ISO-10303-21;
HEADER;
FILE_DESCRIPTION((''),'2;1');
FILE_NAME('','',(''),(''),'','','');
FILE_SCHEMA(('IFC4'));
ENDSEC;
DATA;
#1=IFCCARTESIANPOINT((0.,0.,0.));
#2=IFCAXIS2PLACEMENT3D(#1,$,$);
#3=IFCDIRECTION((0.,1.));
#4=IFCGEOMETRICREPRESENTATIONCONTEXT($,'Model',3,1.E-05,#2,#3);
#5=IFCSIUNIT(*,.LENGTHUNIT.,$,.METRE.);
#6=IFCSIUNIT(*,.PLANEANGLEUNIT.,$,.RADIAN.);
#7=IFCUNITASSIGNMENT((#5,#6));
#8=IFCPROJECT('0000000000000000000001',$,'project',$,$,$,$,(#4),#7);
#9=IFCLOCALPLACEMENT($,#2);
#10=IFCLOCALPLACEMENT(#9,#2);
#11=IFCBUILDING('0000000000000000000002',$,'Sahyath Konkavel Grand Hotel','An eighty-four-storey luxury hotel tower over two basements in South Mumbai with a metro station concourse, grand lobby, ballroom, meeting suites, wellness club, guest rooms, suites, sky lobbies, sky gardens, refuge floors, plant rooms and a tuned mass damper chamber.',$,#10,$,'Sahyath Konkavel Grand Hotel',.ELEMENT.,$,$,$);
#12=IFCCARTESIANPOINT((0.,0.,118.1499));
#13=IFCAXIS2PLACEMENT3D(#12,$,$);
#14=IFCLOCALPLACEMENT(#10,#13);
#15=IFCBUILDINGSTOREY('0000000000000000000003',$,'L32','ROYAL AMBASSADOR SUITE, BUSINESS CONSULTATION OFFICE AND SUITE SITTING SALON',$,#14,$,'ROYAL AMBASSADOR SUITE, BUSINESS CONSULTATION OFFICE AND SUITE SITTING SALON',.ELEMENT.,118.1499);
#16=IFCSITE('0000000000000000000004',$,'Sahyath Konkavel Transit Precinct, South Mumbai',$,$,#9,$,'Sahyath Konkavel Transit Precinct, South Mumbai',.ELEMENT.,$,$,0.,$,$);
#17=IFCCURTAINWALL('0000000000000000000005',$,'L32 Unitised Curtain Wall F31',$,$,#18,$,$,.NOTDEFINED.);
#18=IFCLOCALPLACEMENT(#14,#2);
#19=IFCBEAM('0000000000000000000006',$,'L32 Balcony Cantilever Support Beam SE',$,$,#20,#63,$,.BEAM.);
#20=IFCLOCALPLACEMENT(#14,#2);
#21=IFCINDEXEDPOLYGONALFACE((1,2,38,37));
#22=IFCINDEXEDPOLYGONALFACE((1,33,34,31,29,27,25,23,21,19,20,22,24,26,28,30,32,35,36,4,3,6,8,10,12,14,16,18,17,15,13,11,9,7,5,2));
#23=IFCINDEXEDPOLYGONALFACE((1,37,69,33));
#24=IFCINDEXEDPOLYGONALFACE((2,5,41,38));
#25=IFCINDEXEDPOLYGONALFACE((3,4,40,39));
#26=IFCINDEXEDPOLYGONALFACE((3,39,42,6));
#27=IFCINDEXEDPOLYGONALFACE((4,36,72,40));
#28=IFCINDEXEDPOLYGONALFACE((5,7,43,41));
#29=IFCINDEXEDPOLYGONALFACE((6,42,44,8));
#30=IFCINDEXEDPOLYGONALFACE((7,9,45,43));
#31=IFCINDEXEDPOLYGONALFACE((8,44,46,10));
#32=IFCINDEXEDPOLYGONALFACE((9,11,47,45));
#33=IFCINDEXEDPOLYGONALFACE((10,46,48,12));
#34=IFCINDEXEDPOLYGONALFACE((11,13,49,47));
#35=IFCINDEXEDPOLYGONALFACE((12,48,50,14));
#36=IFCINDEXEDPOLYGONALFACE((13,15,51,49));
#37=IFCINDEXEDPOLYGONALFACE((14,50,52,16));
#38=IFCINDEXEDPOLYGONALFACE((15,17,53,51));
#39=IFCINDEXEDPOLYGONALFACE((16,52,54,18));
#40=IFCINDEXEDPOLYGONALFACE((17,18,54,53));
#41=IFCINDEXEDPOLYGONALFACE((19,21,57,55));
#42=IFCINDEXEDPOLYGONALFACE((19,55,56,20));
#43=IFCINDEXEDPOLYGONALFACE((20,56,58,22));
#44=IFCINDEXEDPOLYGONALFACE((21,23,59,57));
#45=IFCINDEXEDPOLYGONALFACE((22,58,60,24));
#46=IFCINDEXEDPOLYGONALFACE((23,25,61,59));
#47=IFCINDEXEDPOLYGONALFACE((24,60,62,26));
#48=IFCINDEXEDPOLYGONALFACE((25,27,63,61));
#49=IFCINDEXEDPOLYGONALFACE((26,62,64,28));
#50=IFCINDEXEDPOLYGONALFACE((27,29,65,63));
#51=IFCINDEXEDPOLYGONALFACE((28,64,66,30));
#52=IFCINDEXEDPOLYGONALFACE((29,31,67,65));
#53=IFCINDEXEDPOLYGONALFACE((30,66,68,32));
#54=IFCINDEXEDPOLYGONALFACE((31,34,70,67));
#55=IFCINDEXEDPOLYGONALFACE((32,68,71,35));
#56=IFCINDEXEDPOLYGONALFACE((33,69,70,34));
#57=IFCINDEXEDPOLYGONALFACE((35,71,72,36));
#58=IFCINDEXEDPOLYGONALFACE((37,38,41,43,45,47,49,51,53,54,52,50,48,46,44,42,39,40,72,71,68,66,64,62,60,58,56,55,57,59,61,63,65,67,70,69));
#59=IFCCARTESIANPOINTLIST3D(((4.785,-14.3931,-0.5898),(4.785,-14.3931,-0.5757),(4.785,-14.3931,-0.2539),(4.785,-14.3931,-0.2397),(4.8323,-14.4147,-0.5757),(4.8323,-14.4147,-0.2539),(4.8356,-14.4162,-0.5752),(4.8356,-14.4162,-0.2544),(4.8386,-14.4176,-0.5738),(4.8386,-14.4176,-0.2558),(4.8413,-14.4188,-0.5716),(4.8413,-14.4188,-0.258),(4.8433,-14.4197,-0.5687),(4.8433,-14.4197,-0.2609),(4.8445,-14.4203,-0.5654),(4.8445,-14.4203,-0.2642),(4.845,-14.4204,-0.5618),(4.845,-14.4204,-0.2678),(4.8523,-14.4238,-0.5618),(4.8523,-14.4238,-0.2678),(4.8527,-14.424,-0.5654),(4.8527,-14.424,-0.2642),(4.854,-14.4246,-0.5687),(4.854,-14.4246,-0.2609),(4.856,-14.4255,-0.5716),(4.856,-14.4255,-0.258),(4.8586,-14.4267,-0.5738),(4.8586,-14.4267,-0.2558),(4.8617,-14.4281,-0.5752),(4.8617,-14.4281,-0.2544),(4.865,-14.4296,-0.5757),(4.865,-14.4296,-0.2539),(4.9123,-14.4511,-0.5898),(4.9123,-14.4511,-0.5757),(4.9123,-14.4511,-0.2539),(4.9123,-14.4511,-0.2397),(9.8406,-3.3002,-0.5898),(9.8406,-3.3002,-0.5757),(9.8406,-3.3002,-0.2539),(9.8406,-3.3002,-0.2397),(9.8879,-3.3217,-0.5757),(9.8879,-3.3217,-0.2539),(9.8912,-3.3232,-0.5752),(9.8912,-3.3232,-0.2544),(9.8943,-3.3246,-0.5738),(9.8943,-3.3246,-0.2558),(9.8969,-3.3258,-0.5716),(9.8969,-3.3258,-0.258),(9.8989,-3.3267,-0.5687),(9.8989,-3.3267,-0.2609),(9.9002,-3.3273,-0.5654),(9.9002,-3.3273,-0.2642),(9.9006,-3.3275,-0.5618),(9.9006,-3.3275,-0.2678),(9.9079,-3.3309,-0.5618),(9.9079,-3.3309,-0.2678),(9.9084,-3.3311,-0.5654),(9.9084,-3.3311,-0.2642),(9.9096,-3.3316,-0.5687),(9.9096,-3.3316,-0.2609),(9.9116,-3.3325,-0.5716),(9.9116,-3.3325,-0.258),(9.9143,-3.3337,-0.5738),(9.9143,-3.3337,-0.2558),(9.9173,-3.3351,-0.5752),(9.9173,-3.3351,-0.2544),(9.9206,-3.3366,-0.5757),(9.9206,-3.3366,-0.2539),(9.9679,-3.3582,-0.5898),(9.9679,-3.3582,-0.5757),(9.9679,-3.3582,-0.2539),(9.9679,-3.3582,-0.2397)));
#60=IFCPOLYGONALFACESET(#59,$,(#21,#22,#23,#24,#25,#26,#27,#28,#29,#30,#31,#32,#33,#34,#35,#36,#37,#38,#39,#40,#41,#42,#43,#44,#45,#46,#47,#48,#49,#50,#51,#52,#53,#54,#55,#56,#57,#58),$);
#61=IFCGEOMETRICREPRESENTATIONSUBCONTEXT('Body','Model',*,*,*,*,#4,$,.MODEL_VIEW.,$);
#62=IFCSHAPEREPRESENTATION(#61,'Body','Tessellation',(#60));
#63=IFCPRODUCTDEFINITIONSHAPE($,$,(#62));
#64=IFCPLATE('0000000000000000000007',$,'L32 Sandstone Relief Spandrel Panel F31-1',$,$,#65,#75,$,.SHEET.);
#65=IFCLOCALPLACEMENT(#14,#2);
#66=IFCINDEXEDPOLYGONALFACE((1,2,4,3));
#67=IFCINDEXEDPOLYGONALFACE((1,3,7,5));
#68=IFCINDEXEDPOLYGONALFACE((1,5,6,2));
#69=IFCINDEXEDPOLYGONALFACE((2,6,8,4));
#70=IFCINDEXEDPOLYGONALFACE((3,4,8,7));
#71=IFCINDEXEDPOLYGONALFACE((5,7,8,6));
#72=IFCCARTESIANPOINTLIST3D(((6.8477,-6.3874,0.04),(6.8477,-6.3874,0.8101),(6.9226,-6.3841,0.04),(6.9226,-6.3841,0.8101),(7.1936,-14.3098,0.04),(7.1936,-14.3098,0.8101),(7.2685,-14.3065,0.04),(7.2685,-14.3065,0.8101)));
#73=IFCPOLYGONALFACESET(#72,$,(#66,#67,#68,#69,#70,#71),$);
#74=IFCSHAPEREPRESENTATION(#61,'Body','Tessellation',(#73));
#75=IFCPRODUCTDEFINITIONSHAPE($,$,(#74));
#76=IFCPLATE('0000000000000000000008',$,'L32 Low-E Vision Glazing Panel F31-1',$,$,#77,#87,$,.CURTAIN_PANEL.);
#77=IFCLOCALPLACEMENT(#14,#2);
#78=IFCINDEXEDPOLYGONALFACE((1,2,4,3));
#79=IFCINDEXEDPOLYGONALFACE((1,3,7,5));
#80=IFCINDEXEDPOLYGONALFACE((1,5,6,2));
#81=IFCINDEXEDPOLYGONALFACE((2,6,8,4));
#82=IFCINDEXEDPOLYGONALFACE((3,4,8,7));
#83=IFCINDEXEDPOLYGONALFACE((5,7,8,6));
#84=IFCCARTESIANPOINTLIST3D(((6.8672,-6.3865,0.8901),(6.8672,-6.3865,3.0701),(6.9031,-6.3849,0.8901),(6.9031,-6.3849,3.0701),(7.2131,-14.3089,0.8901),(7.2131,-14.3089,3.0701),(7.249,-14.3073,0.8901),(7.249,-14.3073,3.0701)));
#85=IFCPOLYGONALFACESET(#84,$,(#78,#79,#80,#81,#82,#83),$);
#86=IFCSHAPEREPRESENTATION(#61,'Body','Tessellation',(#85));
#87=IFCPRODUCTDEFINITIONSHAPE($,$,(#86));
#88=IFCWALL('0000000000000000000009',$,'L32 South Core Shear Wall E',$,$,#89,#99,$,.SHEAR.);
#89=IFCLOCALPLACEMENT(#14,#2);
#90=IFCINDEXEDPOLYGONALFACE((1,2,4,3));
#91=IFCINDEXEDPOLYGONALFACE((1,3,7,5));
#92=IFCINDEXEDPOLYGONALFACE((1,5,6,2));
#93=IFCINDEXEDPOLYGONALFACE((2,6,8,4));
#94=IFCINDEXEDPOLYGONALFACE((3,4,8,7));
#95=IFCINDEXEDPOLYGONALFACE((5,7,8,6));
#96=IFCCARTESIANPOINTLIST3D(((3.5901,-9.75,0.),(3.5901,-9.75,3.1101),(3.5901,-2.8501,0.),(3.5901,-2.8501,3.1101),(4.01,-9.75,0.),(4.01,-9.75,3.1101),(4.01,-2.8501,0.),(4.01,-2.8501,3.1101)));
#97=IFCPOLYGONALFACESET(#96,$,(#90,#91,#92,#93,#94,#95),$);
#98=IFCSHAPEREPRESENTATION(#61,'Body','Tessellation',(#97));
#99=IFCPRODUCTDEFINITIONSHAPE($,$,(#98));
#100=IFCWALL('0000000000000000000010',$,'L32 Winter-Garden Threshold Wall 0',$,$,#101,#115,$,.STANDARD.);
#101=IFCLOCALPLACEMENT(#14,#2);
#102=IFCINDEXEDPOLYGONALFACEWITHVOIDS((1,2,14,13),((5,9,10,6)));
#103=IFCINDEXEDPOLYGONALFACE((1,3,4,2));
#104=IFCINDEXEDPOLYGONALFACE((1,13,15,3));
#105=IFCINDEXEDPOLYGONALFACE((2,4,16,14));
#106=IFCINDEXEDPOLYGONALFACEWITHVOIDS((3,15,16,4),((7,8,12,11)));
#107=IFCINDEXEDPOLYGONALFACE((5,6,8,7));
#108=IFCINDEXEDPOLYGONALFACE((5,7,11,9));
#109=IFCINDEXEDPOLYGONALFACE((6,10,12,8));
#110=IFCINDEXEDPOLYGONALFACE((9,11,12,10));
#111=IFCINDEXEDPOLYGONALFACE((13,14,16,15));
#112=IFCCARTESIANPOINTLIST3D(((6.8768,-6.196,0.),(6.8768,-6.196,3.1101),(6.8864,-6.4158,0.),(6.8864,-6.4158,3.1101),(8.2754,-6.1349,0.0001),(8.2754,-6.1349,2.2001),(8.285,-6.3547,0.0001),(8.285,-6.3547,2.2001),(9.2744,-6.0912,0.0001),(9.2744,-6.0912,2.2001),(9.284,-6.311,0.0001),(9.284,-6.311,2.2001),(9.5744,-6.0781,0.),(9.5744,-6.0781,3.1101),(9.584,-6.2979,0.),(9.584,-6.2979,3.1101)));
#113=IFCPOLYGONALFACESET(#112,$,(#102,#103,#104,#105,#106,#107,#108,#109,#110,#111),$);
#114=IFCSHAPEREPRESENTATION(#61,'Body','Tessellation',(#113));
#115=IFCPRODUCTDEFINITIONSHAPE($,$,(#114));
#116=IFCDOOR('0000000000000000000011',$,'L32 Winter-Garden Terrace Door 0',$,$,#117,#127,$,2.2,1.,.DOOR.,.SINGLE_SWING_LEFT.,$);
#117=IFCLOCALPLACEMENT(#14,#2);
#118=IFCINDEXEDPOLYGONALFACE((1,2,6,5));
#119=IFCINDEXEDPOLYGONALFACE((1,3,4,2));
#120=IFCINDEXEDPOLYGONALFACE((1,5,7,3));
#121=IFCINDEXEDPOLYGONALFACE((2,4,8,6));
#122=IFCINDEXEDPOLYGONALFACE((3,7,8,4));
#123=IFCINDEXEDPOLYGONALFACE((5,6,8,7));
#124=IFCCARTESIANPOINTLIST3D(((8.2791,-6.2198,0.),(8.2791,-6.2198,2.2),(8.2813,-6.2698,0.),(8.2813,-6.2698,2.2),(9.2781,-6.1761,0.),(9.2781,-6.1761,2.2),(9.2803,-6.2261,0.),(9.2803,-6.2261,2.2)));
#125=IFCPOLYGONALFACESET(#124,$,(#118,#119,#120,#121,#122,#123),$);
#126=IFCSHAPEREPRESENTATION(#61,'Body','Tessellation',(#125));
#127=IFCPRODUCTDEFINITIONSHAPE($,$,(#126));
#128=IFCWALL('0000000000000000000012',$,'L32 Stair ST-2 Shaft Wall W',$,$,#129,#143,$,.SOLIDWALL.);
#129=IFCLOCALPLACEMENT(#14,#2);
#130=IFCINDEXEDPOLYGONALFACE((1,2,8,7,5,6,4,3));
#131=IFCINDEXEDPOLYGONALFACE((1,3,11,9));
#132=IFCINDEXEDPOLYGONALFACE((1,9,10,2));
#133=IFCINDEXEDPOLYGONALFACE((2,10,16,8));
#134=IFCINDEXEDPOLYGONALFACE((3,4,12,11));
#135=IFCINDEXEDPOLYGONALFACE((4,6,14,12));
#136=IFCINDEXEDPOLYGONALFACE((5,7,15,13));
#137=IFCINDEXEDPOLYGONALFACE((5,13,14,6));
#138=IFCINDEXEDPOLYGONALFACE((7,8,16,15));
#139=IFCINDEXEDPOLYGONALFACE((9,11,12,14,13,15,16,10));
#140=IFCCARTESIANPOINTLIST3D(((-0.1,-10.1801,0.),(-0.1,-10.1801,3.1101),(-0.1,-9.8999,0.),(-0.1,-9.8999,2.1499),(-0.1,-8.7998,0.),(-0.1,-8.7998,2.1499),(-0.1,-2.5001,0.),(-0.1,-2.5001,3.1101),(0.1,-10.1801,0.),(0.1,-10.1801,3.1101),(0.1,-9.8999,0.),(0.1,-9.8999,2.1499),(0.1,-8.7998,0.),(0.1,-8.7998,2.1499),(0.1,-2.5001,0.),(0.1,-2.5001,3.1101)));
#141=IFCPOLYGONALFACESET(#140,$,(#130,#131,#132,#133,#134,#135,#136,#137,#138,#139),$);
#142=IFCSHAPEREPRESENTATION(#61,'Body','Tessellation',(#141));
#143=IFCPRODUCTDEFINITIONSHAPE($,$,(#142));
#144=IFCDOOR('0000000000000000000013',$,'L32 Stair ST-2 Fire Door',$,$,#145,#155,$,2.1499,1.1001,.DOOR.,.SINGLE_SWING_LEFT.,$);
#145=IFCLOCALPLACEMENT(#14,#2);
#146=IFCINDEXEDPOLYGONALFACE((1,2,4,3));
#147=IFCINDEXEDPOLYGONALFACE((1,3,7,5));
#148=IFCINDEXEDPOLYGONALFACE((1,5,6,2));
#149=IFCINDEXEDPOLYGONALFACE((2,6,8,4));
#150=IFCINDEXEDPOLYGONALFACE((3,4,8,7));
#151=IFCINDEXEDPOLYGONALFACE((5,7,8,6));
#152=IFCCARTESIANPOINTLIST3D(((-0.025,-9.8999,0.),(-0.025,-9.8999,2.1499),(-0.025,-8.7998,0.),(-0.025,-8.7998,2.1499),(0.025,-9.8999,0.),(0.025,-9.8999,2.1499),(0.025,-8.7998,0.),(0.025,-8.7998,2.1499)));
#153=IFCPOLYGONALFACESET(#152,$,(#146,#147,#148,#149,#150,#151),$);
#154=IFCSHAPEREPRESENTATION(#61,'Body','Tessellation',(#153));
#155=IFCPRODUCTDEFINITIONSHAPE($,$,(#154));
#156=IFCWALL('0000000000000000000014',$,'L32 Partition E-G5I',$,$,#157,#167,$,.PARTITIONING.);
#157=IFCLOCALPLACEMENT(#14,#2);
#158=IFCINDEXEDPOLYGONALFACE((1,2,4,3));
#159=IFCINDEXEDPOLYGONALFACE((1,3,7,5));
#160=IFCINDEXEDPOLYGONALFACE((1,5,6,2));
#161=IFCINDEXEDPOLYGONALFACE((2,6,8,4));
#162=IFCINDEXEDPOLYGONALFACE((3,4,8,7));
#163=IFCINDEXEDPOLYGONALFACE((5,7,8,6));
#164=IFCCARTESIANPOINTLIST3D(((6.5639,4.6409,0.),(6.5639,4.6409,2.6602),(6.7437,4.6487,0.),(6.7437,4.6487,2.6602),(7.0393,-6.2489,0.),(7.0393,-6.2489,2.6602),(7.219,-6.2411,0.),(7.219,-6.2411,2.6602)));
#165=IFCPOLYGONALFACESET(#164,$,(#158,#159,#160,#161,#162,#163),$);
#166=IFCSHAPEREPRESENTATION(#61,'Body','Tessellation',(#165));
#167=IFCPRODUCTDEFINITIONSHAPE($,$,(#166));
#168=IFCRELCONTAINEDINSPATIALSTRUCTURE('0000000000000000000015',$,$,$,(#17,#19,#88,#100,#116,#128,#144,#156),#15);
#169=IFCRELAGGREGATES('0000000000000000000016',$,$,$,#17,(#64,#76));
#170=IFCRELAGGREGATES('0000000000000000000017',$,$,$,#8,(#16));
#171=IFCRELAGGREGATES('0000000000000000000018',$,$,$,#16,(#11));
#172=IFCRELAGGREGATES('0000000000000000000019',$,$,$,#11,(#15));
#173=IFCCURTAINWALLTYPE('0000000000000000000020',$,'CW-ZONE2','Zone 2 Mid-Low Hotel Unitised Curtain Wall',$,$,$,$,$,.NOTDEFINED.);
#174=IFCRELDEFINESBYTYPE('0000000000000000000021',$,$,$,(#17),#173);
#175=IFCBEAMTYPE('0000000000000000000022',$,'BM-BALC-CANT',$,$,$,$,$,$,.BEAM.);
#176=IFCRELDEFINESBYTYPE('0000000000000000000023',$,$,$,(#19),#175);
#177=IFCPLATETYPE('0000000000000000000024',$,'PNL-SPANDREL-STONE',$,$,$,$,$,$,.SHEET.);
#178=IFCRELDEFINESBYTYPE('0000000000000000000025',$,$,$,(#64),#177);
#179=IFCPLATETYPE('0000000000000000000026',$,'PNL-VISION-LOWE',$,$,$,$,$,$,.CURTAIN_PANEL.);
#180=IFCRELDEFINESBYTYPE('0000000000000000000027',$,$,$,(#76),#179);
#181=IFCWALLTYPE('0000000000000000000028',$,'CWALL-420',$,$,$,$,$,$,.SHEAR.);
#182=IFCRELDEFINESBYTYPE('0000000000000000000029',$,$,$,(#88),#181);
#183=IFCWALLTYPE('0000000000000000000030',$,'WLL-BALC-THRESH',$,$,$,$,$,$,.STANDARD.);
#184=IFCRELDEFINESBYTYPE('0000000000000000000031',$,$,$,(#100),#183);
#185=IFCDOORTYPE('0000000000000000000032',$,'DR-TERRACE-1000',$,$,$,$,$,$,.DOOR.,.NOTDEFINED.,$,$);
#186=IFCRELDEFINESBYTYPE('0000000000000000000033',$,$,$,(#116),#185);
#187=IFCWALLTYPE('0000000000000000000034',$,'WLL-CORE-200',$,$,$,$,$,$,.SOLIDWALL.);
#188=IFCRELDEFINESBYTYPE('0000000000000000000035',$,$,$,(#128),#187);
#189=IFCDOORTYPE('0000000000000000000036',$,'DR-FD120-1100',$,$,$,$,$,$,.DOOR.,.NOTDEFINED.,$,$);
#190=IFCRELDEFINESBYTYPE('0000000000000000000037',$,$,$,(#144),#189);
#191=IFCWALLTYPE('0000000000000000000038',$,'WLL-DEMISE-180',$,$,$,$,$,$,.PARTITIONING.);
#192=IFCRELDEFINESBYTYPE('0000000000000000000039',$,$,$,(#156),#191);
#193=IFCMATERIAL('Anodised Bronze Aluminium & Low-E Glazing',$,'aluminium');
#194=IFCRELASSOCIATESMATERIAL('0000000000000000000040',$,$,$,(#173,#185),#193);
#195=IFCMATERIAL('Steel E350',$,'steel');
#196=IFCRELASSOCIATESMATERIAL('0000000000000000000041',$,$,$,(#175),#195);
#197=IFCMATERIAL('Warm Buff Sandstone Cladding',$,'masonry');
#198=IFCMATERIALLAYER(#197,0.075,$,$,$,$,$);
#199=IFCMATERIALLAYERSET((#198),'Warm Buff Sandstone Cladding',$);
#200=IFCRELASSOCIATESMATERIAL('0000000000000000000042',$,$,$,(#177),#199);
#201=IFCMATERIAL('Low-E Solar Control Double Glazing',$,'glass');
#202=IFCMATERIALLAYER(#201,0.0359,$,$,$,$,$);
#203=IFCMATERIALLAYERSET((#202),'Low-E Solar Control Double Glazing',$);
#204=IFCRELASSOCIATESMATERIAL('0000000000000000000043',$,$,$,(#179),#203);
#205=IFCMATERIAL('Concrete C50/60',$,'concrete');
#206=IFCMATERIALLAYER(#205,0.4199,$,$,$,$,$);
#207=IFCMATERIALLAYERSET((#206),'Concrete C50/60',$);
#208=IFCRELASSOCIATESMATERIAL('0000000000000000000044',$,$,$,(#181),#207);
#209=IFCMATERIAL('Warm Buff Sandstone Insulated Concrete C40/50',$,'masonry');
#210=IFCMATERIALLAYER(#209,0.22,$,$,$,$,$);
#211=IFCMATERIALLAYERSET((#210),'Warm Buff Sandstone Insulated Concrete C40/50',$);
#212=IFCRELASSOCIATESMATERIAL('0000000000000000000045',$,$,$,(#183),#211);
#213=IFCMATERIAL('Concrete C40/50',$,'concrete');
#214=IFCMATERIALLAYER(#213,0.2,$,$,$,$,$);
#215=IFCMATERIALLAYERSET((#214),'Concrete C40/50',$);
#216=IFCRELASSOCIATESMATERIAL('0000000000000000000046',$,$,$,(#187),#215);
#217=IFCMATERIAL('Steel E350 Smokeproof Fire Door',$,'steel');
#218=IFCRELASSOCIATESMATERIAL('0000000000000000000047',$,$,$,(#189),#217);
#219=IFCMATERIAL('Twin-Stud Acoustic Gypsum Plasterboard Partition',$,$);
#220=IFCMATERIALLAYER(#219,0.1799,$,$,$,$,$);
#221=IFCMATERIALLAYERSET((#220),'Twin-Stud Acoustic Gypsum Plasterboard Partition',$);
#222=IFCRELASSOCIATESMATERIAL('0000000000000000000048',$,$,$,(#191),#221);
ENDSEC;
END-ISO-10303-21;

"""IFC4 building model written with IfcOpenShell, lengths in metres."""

from ifc_helpers import new_model, si_unit, direction, frame, frame_2d, origin, origin_2d, place, context, subcontext, project, spatial, rectangle, i_section, extrude, source, transform, mapped, material, layer, layer_set, material_profile, profile_set, type_object, element, fill, aggregate, save


model = new_model("IFC4")

# Units and contexts
model_context = context("Model", 3, precision=1e-05, world=origin(), true_north=direction((0.0, 1.0)))
body_context = subcontext(model_context, "Body", "Model", "MODEL_VIEW")
ifc_project = project(units=[si_unit("LENGTHUNIT", "METRE"), si_unit("PLANEANGLEUNIT", "RADIAN")], contexts=[model_context])

# Site, building, storey
site_placement = place(None, origin())
site = spatial("IfcSite", under=ifc_project, at=site_placement, Name="Sahyath Konkavel Transit Precinct, South Mumbai", LongName="Sahyath Konkavel Transit Precinct, South Mumbai", CompositionType="ELEMENT", RefElevation=0.0)
building_placement = place(site_placement, origin())
building = spatial("IfcBuilding", under=site, at=building_placement, Name="Sahyath Konkavel Grand Hotel", Description="An eighty-four-storey luxury hotel tower over two basements in South Mumbai with a metro station concourse, grand lobby, ballroom, meeting suites, wellness club, guest rooms, suites, sky lobbies, sky gardens, refuge floors, plant rooms and a tuned mass damper chamber.", LongName="Sahyath Konkavel Grand Hotel", CompositionType="ELEMENT")
storey_placement = place(building_placement, frame((0.0, 0.0, 118.1499)))
storey = spatial("IfcBuildingStorey", under=building, at=storey_placement, Name="L32", Description="ROYAL AMBASSADOR SUITE, BUSINESS CONSULTATION OFFICE AND SUITE SITTING SALON", LongName="ROYAL AMBASSADOR SUITE, BUSINESS CONSULTATION OFFICE AND SUITE SITTING SALON", CompositionType="ELEMENT", Elevation=118.1499)

# Shared definitions
ifc_material_1 = material(Name="Steel E350", Category="steel")

# Shared definitions
ifc_material_2 = material(Name="Anodised Bronze Aluminium & Low-E Glazing", Category="aluminium")
curtain_wall_type = type_object("IfcCurtainWallType", Name="CW-ZONE2", Description="Zone 2 Mid-Low Hotel Unitised Curtain Wall", PredefinedType="NOTDEFINED", material=ifc_material_2)

# Curtain wall
curtain_wall_1_placement = place(storey_placement, origin())
curtain_wall_1 = element("IfcCurtainWall", 1, at=curtain_wall_1_placement, inside=storey, type_object=curtain_wall_type, Name="L32 Unitised Curtain Wall F31", PredefinedType="NOTDEFINED")

# Beam
ifc_material_profile_1 = material_profile(ifc_material_1, i_section(OverallWidth=0.1399, OverallDepth=0.3501, WebThickness=0.0081, FlangeThickness=0.0142, FilletRadius=0.0139, at=origin_2d()), Name="ISMB 350")
ifc_profile_set_1 = profile_set([ifc_material_profile_1], Name="Steel E350")
beam_type_1 = type_object("IfcBeamType", Name="BM-BALC-CANT", PredefinedType="BEAM", material=ifc_profile_set_1)
shared_shape_1 = source(origin(), body_context, "Body", "SweptSolid", [
    extrude(i_section(OverallWidth=0.1399, OverallDepth=0.3501, WebThickness=0.0081, FlangeThickness=0.0142, FilletRadius=0.0139, at=origin_2d()), origin(), (0.0, 0.0, 1.0), 12.1907),
])
beam_1_placement = place(storey_placement, frame((4.8486, -14.4221, -0.4148), z_axis=(0.414713, 0.909952, 0.0), x_axis=(-0.909952, 0.414713, 0.0)))
element("IfcBeam", 2, at=beam_1_placement, inside=storey, type_object=beam_type_1, Name="L32 Balcony Cantilever Support Beam SE", PredefinedType="BEAM", context=body_context, shape_type="MappedRepresentation", body=[
    mapped(shared_shape_1, transform((0.0, 0.0, 0.0), scale=1.0)),
])

# Plates
ifc_material_3 = material(Name="Warm Buff Sandstone Cladding", Category="masonry")
ifc_layer_1 = layer(ifc_material_3, 0.075)
ifc_layer_set_1 = layer_set([ifc_layer_1], Name="Warm Buff Sandstone Cladding")
plate_type_1 = type_object("IfcPlateType", Name="PNL-SPANDREL-STONE", PredefinedType="SHEET", material=ifc_layer_set_1)
shared_shape_2 = source(origin(), body_context, "Body", "SweptSolid", [
    extrude(rectangle(XDim=7.9299, YDim=0.075, at=origin_2d()), origin(), (0.0, 0.0, 1.0), 0.77),
])
plate_1_placement = place(storey_placement, frame((7.0581, -10.3469, 0.04), z_axis=(0.0, 0.0, 1.0), x_axis=(-0.043619, 0.999048, 0.0)))
plate_1 = element("IfcPlate", 3, at=plate_1_placement, type_object=plate_type_1, Name="L32 Sandstone Relief Spandrel Panel F31-1", PredefinedType="SHEET", context=body_context, shape_type="MappedRepresentation", body=[
    mapped(shared_shape_2, transform((0.0, 0.0, 0.0), scale=1.0)),
])
ifc_material_4 = material(Name="Low-E Solar Control Double Glazing", Category="glass")
ifc_layer_2 = layer(ifc_material_4, 0.0359)
ifc_layer_set_2 = layer_set([ifc_layer_2], Name="Low-E Solar Control Double Glazing")
plate_type_2 = type_object("IfcPlateType", Name="PNL-VISION-LOWE", PredefinedType="CURTAIN_PANEL", material=ifc_layer_set_2)
shared_shape_3 = source(origin(), body_context, "Body", "SweptSolid", [
    extrude(rectangle(XDim=7.9299, YDim=0.0359, at=origin_2d()), origin(), (0.0, 0.0, 1.0), 2.1799),
])
plate_2_placement = place(storey_placement, frame((7.0581, -10.3469, 0.8901), z_axis=(0.0, 0.0, 1.0), x_axis=(-0.043619, 0.999048, 0.0)))
plate_2 = element("IfcPlate", 4, at=plate_2_placement, type_object=plate_type_2, Name="L32 Low-E Vision Glazing Panel F31-1", PredefinedType="CURTAIN_PANEL", context=body_context, shape_type="MappedRepresentation", body=[
    mapped(shared_shape_3, transform((0.0, 0.0, 0.0), scale=1.0)),
])
aggregate(curtain_wall_1, [plate_1, plate_2])

# Wall
ifc_material_5 = material(Name="Concrete C50/60", Category="concrete")
ifc_layer_3 = layer(ifc_material_5, 0.4199)
ifc_layer_set_3 = layer_set([ifc_layer_3], Name="Concrete C50/60")
wall_type_1 = type_object("IfcWallType", Name="CWALL-420", PredefinedType="SHEAR", material=ifc_layer_set_3)
wall_1_placement = place(storey_placement, frame((3.8, -9.75, 0.0), z_axis=(0.0, 0.0, 1.0), x_axis=(0.0, 1.0, 0.0)))
element("IfcWall", 5, at=wall_1_placement, inside=storey, type_object=wall_type_1, Name="L32 South Core Shear Wall E", PredefinedType="SHEAR", context=body_context, shape_type="SweptSolid", body=[
    extrude(rectangle(XDim=6.8999, YDim=0.4199, at=frame_2d((3.45, 0.0))), origin(), (0.0, 0.0, 1.0), 3.1101),
])

# Walls, openings, doors
ifc_material_6 = material(Name="Warm Buff Sandstone Insulated Concrete C40/50", Category="masonry")
ifc_layer_4 = layer(ifc_material_6, 0.22)
ifc_layer_set_4 = layer_set([ifc_layer_4], Name="Warm Buff Sandstone Insulated Concrete C40/50")
wall_type_2 = type_object("IfcWallType", Name="WLL-BALC-THRESH", PredefinedType="STANDARD", material=ifc_layer_set_4)
wall_2_placement = place(storey_placement, frame((6.8816, -6.3059, 0.0), z_axis=(0.0, 0.0, 1.0), x_axis=(0.999046, 0.043673, 0.0)))
wall_2 = element("IfcWall", 6, at=wall_2_placement, inside=storey, type_object=wall_type_2, Name="L32 Winter-Garden Threshold Wall 0", PredefinedType="STANDARD", context=body_context, shape_type="SweptSolid", body=[
    extrude(rectangle(XDim=2.7002, YDim=0.22, at=frame_2d((1.3501, 0.0))), origin(), (0.0, 0.0, 1.0), 3.1101),
])
opening_1_placement = place(wall_2_placement, frame((1.3999, 0.0, 0.0)))
opening_1 = element("IfcOpeningElement", 7, at=opening_1_placement, cuts=wall_2, PredefinedType="OPENING", context=body_context, shape_type="SweptSolid", body=[
    extrude(rectangle(XDim=1.0, YDim=2.2, at=frame_2d((0.5, 1.1001))), frame((0.0, 0.1201, 0.0), z_axis=(0.0, -1.0, 0.0), x_axis=(1.0, 0.0, 0.0)), (0.0, 0.0, 1.0), 0.24),
])
door_type_1 = type_object("IfcDoorType", Name="DR-TERRACE-1000", OperationType="NOTDEFINED", PredefinedType="DOOR", material=ifc_material_2)
shared_shape_4 = source(origin(), body_context, "Body", "SweptSolid", [
    extrude(rectangle(XDim=1.0, YDim=0.05, at=origin_2d()), origin(), (0.0, 0.0, 1.0), 2.2),
])
door_1_placement = place(opening_1_placement, frame((0.5, 0.0, 0.0)))
door_1 = element("IfcDoor", 8, at=door_1_placement, inside=storey, type_object=door_type_1, Name="L32 Winter-Garden Terrace Door 0", OperationType="SINGLE_SWING_LEFT", OverallHeight=2.2, OverallWidth=1.0, PredefinedType="DOOR", context=body_context, shape_type="MappedRepresentation", body=[
    mapped(shared_shape_4, transform((0.0, 0.0, 0.0), scale=1.0)),
])
fill(opening_1, door_1)
ifc_material_7 = material(Name="Concrete C40/50", Category="concrete")
ifc_layer_5 = layer(ifc_material_7, 0.2)
ifc_layer_set_5 = layer_set([ifc_layer_5], Name="Concrete C40/50")
wall_type_3 = type_object("IfcWallType", Name="WLL-CORE-200", PredefinedType="SOLIDWALL", material=ifc_layer_set_5)
wall_3_placement = place(storey_placement, frame((0.0, -10.1799, 0.0), z_axis=(0.0, 0.0, 1.0), x_axis=(0.0, 1.0, 0.0)))
wall_3 = element("IfcWall", 9, at=wall_3_placement, inside=storey, type_object=wall_type_3, Name="L32 Stair ST-2 Shaft Wall W", PredefinedType="SOLIDWALL", context=body_context, shape_type="SweptSolid", body=[
    extrude(rectangle(XDim=7.6799, YDim=0.2, at=frame_2d((3.8398, 0.0))), origin(), (0.0, 0.0, 1.0), 3.1101),
])
opening_2_placement = place(wall_3_placement, frame((0.28, 0.0, 0.0)))
opening_2 = element("IfcOpeningElement", 10, at=opening_2_placement, cuts=wall_3, PredefinedType="OPENING", context=body_context, shape_type="SweptSolid", body=[
    extrude(rectangle(XDim=1.1001, YDim=2.1499, at=frame_2d((0.55, 1.075))), frame((0.0, 0.1099, 0.0), z_axis=(0.0, -1.0, 0.0), x_axis=(1.0, 0.0, 0.0)), (0.0, 0.0, 1.0), 0.22),
])
ifc_material_8 = material(Name="Steel E350 Smokeproof Fire Door", Category="steel")
door_type_2 = type_object("IfcDoorType", Name="DR-FD120-1100", OperationType="NOTDEFINED", PredefinedType="DOOR", material=ifc_material_8)
shared_shape_5 = source(origin(), body_context, "Body", "SweptSolid", [
    extrude(rectangle(XDim=1.1001, YDim=0.05, at=origin_2d()), origin(), (0.0, 0.0, 1.0), 2.1499),
])
door_2_placement = place(opening_2_placement, frame((0.55, 0.0, 0.0)))
door_2 = element("IfcDoor", 11, at=door_2_placement, inside=storey, type_object=door_type_2, Name="L32 Stair ST-2 Fire Door", OperationType="SINGLE_SWING_LEFT", OverallHeight=2.1499, OverallWidth=1.1001, PredefinedType="DOOR", context=body_context, shape_type="MappedRepresentation", body=[
    mapped(shared_shape_5, transform((0.0, 0.0, 0.0), scale=1.0)),
])
fill(opening_2, door_2)

# Wall
ifc_material_9 = material(Name="Twin-Stud Acoustic Gypsum Plasterboard Partition")
ifc_layer_6 = layer(ifc_material_9, 0.1799)
ifc_layer_set_6 = layer_set([ifc_layer_6], Name="Twin-Stud Acoustic Gypsum Plasterboard Partition")
wall_type_4 = type_object("IfcWallType", Name="WLL-DEMISE-180", PredefinedType="PARTITIONING", material=ifc_layer_set_6)
wall_4_placement = place(storey_placement, frame((7.1292, -6.2451, 0.0), z_axis=(0.0, 0.0, 1.0), x_axis=(-0.043608, 0.999049, 0.0)))
element("IfcWall", 12, at=wall_4_placement, inside=storey, type_object=wall_type_4, Name="L32 Partition E-G5I", PredefinedType="PARTITIONING", context=body_context, shape_type="SweptSolid", body=[
    extrude(rectangle(XDim=10.9001, YDim=0.1799, at=frame_2d((5.4502, 0.0))), origin(), (0.0, 0.0, 1.0), 2.6602),
])

save(model, "model.ifc")
